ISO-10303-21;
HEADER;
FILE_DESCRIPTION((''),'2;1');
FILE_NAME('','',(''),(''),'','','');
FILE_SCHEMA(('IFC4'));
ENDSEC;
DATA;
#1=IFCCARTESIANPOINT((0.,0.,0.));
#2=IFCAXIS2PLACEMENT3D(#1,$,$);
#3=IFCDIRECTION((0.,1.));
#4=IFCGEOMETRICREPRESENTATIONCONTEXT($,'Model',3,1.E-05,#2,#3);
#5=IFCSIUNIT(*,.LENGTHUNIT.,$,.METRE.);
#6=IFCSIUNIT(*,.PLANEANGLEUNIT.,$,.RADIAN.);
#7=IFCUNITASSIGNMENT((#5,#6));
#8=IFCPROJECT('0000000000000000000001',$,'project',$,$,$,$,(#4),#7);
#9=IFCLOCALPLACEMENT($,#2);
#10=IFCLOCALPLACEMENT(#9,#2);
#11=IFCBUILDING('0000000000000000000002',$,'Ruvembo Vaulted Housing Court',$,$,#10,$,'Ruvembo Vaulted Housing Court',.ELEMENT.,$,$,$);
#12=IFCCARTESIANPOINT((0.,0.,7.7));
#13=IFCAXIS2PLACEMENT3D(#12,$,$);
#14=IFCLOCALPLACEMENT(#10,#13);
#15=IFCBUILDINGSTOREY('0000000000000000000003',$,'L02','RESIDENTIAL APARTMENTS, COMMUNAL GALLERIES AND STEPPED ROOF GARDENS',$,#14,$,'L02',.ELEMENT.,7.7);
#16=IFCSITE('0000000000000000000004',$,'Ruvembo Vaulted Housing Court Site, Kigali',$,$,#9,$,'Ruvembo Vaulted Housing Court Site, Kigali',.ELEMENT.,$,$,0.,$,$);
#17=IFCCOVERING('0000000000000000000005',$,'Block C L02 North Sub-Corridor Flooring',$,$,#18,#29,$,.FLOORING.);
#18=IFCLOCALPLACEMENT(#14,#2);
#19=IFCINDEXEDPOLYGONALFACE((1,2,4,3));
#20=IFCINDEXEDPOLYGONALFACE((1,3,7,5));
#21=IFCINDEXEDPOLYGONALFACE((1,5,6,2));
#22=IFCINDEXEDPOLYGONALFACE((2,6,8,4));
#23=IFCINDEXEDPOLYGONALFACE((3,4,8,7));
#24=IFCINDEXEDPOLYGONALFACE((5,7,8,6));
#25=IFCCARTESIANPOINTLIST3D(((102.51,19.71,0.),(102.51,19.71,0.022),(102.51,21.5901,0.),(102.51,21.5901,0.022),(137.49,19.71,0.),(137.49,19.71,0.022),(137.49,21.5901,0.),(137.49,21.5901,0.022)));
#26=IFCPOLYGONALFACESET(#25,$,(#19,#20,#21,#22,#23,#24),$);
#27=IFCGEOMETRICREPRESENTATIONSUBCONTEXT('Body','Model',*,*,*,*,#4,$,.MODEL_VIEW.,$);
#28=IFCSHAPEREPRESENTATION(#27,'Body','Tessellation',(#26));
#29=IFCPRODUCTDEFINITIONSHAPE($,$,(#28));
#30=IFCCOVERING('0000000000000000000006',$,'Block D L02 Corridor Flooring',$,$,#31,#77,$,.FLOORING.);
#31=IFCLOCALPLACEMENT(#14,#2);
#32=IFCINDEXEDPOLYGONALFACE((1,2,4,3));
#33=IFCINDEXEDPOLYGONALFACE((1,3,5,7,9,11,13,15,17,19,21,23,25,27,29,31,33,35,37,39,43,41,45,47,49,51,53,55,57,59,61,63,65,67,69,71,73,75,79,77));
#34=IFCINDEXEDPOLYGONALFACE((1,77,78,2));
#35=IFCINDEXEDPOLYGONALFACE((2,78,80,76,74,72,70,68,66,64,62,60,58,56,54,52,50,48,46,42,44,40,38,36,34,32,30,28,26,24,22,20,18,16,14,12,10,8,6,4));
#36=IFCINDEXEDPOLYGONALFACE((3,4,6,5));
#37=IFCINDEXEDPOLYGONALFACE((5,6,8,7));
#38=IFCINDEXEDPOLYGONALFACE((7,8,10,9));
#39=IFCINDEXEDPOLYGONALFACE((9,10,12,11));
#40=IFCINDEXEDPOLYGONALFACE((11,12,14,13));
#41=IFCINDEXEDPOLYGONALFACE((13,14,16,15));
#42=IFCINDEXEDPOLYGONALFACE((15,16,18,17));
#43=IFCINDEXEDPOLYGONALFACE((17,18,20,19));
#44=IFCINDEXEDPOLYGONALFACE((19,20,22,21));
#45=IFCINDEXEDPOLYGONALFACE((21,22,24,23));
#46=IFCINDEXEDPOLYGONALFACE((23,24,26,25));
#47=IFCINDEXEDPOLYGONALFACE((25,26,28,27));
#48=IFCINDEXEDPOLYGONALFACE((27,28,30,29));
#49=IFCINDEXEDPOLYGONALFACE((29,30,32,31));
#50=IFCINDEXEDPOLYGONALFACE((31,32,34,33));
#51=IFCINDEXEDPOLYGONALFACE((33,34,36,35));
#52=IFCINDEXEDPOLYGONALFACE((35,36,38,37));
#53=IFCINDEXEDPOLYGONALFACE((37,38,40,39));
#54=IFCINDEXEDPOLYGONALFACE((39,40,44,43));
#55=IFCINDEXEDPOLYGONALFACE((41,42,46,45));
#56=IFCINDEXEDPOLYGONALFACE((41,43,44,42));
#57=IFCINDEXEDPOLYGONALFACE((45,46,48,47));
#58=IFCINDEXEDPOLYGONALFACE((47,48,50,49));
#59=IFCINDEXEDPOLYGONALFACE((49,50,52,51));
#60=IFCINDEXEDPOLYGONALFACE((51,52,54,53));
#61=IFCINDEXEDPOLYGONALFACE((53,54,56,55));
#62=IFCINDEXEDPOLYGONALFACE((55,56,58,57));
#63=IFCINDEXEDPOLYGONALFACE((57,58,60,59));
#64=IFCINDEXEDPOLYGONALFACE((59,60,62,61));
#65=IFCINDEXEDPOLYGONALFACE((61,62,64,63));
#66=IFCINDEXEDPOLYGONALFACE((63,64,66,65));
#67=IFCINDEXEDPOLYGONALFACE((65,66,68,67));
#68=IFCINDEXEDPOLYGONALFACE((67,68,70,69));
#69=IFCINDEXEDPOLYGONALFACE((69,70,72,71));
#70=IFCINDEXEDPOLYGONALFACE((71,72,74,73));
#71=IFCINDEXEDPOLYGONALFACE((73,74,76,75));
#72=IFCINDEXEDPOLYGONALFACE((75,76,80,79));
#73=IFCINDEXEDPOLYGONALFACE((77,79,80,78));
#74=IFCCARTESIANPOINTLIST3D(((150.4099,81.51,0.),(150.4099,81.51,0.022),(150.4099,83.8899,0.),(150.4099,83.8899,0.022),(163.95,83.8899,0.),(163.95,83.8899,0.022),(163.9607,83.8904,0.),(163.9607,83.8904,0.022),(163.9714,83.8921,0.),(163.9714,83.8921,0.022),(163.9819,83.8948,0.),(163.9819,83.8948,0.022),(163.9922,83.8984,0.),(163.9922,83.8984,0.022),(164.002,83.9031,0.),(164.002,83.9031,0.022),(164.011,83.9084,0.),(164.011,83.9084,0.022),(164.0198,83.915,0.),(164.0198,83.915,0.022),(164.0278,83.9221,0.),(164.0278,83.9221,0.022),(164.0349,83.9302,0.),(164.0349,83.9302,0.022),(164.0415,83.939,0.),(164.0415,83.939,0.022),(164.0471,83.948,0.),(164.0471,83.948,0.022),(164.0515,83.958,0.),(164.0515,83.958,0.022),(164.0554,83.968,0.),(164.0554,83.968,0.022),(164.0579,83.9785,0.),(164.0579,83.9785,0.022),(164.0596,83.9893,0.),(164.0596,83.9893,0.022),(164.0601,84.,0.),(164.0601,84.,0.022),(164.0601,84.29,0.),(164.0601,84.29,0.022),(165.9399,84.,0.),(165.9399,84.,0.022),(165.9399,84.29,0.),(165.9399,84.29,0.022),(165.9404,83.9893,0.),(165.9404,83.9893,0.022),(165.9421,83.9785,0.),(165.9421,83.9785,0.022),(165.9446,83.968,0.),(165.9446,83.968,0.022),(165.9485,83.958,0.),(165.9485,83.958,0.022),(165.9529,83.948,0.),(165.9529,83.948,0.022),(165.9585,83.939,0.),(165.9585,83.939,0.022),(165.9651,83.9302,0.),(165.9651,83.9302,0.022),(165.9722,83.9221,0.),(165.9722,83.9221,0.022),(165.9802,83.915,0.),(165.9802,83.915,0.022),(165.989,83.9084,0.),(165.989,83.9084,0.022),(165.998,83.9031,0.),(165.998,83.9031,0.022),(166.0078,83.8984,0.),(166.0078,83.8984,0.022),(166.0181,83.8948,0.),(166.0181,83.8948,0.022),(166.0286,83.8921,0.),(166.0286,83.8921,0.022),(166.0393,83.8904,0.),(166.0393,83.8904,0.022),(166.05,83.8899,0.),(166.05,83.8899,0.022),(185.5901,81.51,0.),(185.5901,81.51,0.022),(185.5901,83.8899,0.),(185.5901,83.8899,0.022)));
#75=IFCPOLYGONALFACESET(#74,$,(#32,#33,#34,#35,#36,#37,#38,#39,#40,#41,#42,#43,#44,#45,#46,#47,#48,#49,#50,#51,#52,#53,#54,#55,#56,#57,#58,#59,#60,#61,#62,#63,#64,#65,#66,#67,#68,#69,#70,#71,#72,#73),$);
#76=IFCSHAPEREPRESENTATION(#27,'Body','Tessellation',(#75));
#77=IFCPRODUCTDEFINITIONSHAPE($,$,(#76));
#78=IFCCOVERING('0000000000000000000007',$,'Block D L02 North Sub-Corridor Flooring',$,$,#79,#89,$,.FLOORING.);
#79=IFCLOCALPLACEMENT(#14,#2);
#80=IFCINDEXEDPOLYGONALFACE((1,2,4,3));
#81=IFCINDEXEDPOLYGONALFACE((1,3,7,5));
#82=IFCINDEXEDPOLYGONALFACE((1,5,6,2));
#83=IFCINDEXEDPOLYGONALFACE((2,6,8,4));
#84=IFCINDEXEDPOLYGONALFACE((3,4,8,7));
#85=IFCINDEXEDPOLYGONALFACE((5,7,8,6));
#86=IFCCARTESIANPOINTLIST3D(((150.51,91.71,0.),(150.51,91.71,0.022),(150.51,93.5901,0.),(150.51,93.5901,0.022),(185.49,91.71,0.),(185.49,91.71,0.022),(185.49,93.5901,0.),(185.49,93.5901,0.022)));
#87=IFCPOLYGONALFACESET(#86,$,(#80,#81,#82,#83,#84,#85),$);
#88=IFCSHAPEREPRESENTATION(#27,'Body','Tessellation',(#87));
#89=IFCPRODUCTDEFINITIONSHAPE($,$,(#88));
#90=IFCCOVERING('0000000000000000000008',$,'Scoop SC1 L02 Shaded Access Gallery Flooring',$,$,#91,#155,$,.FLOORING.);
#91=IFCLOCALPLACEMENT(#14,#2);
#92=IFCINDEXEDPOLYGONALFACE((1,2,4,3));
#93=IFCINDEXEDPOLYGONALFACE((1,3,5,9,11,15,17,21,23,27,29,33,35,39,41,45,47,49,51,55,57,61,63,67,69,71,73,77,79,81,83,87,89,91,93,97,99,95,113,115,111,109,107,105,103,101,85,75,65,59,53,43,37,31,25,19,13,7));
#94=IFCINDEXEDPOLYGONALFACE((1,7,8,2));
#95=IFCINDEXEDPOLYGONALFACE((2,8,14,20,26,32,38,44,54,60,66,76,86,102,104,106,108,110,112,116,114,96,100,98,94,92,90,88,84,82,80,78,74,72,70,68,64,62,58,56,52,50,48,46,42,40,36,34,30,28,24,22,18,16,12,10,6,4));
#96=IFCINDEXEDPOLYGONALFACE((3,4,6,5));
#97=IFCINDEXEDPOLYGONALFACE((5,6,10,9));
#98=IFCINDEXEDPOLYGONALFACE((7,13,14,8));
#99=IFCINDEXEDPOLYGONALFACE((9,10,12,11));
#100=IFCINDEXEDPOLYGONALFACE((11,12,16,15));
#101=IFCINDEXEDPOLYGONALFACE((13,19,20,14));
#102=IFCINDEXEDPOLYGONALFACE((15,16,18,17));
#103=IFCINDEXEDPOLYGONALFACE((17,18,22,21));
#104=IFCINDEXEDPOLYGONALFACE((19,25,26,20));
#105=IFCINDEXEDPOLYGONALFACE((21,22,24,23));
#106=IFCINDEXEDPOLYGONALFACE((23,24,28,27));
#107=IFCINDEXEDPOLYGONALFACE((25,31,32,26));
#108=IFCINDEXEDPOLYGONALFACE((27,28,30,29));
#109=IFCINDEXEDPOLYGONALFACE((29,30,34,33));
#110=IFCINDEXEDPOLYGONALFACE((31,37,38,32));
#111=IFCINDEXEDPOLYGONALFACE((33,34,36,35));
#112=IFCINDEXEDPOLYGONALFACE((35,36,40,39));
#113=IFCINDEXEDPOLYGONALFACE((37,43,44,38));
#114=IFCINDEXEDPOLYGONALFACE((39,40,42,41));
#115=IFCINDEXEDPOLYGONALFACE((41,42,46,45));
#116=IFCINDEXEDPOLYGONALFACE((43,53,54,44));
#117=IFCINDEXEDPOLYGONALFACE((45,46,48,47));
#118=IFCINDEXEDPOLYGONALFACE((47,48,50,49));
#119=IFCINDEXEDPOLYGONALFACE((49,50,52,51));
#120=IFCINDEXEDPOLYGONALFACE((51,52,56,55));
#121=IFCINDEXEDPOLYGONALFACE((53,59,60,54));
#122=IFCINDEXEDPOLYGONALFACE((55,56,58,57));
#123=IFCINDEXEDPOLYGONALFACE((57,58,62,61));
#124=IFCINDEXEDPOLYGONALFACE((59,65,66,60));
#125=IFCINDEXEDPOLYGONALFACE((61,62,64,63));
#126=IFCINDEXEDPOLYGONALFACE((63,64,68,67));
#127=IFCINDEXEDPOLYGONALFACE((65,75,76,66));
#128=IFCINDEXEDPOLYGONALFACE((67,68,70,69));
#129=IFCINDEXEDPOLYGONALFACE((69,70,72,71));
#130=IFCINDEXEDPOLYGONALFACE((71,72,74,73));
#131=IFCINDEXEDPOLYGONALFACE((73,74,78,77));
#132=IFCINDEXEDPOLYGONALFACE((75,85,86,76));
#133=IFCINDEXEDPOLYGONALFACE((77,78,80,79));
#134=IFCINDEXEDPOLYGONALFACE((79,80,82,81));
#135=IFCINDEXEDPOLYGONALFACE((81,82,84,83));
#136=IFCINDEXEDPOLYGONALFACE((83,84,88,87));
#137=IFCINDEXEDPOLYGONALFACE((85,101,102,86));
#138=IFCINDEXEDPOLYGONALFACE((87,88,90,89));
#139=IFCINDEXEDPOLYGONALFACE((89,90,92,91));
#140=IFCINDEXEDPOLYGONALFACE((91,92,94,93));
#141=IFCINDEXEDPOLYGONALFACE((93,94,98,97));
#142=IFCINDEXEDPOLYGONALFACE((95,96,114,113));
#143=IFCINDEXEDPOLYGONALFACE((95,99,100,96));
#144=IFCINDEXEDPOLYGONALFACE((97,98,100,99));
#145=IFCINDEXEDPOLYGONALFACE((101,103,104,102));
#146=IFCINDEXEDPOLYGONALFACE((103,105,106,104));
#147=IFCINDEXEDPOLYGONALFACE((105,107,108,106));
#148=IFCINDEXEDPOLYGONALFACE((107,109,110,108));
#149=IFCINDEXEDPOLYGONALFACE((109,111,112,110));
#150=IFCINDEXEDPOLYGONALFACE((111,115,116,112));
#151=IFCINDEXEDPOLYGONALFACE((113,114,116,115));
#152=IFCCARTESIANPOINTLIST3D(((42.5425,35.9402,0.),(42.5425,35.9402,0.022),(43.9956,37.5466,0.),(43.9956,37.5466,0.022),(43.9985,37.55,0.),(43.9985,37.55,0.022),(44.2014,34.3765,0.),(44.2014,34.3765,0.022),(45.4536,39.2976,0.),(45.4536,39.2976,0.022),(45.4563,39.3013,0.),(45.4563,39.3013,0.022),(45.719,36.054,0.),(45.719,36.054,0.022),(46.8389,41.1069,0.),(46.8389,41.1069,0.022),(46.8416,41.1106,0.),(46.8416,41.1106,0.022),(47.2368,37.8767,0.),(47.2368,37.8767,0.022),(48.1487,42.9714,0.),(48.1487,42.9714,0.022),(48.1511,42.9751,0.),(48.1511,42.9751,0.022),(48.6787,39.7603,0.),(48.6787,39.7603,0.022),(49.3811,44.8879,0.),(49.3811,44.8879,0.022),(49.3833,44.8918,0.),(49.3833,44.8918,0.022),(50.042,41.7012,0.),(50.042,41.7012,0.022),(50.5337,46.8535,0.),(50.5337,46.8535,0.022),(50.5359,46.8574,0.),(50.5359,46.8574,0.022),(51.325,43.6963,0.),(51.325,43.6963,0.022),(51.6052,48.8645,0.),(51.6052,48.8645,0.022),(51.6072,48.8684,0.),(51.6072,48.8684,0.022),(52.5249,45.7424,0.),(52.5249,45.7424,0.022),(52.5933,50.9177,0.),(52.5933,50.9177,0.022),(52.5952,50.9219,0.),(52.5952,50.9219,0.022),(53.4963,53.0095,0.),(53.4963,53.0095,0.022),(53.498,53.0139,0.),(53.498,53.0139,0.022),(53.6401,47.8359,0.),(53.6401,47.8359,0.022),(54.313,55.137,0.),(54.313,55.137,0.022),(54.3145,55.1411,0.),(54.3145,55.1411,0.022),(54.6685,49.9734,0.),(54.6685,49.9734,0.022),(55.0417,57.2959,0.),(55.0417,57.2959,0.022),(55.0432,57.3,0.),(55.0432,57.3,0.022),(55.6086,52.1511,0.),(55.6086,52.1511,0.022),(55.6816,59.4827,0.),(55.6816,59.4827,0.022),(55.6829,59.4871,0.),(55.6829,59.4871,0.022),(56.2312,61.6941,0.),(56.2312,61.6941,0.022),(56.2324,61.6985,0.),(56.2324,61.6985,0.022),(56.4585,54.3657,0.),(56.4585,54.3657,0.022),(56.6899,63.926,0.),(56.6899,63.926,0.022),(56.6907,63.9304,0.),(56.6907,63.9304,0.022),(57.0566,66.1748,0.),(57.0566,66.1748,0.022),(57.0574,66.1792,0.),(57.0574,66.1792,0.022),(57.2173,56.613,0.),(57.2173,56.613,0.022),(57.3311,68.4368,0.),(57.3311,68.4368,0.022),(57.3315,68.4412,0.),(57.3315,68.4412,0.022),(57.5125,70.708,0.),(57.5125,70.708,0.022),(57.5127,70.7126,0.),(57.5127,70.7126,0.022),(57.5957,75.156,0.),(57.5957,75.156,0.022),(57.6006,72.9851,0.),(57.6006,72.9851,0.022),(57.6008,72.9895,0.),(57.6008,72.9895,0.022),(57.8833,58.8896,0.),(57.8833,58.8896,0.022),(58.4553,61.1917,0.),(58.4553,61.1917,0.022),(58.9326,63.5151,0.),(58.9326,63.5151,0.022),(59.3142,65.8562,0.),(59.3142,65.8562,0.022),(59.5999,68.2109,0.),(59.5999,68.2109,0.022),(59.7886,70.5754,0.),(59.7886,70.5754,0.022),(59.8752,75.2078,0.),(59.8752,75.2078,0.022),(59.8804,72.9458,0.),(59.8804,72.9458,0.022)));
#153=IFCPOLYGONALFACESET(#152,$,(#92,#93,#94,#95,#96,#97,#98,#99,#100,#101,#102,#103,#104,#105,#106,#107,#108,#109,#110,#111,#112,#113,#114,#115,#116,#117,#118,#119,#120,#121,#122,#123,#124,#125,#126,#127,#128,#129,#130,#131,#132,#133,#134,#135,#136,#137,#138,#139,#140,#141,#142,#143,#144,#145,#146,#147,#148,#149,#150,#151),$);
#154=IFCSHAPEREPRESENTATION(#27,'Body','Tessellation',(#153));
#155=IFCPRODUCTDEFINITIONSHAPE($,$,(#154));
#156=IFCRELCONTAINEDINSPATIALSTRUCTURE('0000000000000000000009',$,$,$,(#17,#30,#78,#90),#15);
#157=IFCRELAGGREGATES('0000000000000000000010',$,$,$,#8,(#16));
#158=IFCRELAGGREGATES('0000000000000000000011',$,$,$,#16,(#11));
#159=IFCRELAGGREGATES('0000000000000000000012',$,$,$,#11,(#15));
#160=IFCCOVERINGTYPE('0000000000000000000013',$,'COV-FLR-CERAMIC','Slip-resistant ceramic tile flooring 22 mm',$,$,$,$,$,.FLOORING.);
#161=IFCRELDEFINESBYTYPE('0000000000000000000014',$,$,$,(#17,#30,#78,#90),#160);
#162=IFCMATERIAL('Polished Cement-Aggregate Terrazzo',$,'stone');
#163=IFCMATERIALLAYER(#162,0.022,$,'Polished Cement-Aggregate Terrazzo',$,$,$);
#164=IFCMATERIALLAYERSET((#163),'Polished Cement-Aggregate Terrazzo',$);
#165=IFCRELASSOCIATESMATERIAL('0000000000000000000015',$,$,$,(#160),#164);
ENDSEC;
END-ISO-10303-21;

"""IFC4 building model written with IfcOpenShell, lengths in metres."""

from ifc_helpers import new_model, si_unit, direction, frame, origin, place, context, subcontext, project, spatial, polyline, outline, extrude, material, layer, layer_set, type_object, element, save


model = new_model("IFC4")

# Units and contexts
model_context = context("Model", 3, precision=1e-05, world=origin(), true_north=direction((0.0, 1.0)))
body_context = subcontext(model_context, "Body", "Model", "MODEL_VIEW")
ifc_project = project(units=[si_unit("LENGTHUNIT", "METRE"), si_unit("PLANEANGLEUNIT", "RADIAN")], contexts=[model_context])

# Site, building, storey
site_placement = place(None, origin())
site = spatial("IfcSite", under=ifc_project, at=site_placement, Name="Ruvembo Vaulted Housing Court Site, Kigali", LongName="Ruvembo Vaulted Housing Court Site, Kigali", CompositionType="ELEMENT", RefElevation=0.0)
building_placement = place(site_placement, origin())
building = spatial("IfcBuilding", under=site, at=building_placement, Name="Ruvembo Vaulted Housing Court", LongName="Ruvembo Vaulted Housing Court", CompositionType="ELEMENT")
storey_placement = place(building_placement, frame((0.0, 0.0, 7.7)))
storey = spatial("IfcBuildingStorey", under=building, at=storey_placement, Name="L02", Description="RESIDENTIAL APARTMENTS, COMMUNAL GALLERIES AND STEPPED ROOF GARDENS", LongName="L02", CompositionType="ELEMENT", Elevation=7.7)

# Coverings
ifc_material_1 = material(Name="Polished Cement-Aggregate Terrazzo", Category="stone")
ifc_layer_1 = layer(ifc_material_1, 0.022, Name="Polished Cement-Aggregate Terrazzo")
ifc_layer_set_1 = layer_set([ifc_layer_1], Name="Polished Cement-Aggregate Terrazzo")
covering_type_1 = type_object("IfcCoveringType", Name="COV-FLR-CERAMIC", Description="Slip-resistant ceramic tile flooring 22 mm", PredefinedType="FLOORING", material=ifc_layer_set_1)
covering_1_placement = place(storey_placement, origin())
element("IfcCovering", 1, at=covering_1_placement, inside=storey, type_object=covering_type_1, Name="Block C L02 North Sub-Corridor Flooring", PredefinedType="FLOORING", context=body_context, shape_type="SweptSolid", body=[
    extrude(outline(polyline([(102.51, 19.71), (137.49, 19.71), (137.49, 21.5901), (102.51, 21.5901), (102.51, 19.71)])), origin(), (0.0, 0.0, 1.0), 0.022),
])
covering_2_placement = place(storey_placement, origin())
element("IfcCovering", 2, at=covering_2_placement, inside=storey, type_object=covering_type_1, Name="Block D L02 Corridor Flooring", PredefinedType="FLOORING", context=body_context, shape_type="SweptSolid", body=[
    extrude(outline(polyline([(185.5901, 81.51), (185.5901, 83.8899), (166.05, 83.8899), (166.0393, 83.8904), (166.0286, 83.8921), (166.0181, 83.8948), (166.0078, 83.8984), (165.998, 83.9031), (165.989, 83.9084), (165.9802, 83.915), (165.9722, 83.9221), (165.9651, 83.9302), (165.9585, 83.939), (165.9529, 83.948), (165.9485, 83.958), (165.9446, 83.968), (165.9421, 83.9785), (165.9404, 83.9893), (165.9399, 84.0), (165.9399, 84.29), (164.0601, 84.29), (164.0601, 84.0), (164.0596, 83.9893), (164.0579, 83.9785), (164.0554, 83.968), (164.0515, 83.958), (164.0471, 83.948), (164.0415, 83.939), (164.0349, 83.9302), (164.0278, 83.9221), (164.0198, 83.915), (164.011, 83.9084), (164.002, 83.9031), (163.9922, 83.8984), (163.9819, 83.8948), (163.9714, 83.8921), (163.9607, 83.8904), (163.95, 83.8899), (150.4099, 83.8899), (150.4099, 81.51), (185.5901, 81.51)])), origin(), (0.0, 0.0, 1.0), 0.022),
])
covering_3_placement = place(storey_placement, origin())
element("IfcCovering", 3, at=covering_3_placement, inside=storey, type_object=covering_type_1, Name="Block D L02 North Sub-Corridor Flooring", PredefinedType="FLOORING", context=body_context, shape_type="SweptSolid", body=[
    extrude(outline(polyline([(150.51, 91.71), (185.49, 91.71), (185.49, 93.5901), (150.51, 93.5901), (150.51, 91.71)])), origin(), (0.0, 0.0, 1.0), 0.022),
])
covering_4_placement = place(storey_placement, origin())
element("IfcCovering", 4, at=covering_4_placement, inside=storey, type_object=covering_type_1, Name="Scoop SC1 L02 Shaded Access Gallery Flooring", PredefinedType="FLOORING", context=body_context, shape_type="SweptSolid", body=[
    extrude(outline(polyline([(44.2014, 34.3765), (45.719, 36.054), (47.2368, 37.8767), (48.6787, 39.7603), (50.042, 41.7012), (51.325, 43.6963), (52.5249, 45.7424), (53.6401, 47.8359), (54.6685, 49.9734), (55.6086, 52.1511), (56.4585, 54.3657), (57.2173, 56.613), (57.8833, 58.8896), (58.4553, 61.1917), (58.9326, 63.5151), (59.3142, 65.8562), (59.5999, 68.2109), (59.7886, 70.5754), (59.8804, 72.9458), (59.8752, 75.2078), (57.5957, 75.156), (57.6008, 72.9895), (57.6006, 72.9851), (57.5127, 70.7126), (57.5125, 70.708), (57.3315, 68.4412), (57.3311, 68.4368), (57.0574, 66.1792), (57.0566, 66.1748), (56.6907, 63.9304), (56.6899, 63.926), (56.2324, 61.6985), (56.2312, 61.6941), (55.6829, 59.4871), (55.6816, 59.4827), (55.0432, 57.3), (55.0417, 57.2959), (54.3145, 55.1411), (54.313, 55.137), (53.498, 53.0139), (53.4963, 53.0095), (52.5952, 50.9219), (52.5933, 50.9177), (51.6072, 48.8684), (51.6052, 48.8645), (50.5359, 46.8574), (50.5337, 46.8535), (49.3833, 44.8918), (49.3811, 44.8879), (48.1511, 42.9751), (48.1487, 42.9714), (46.8416, 41.1106), (46.8389, 41.1069), (45.4563, 39.3013), (45.4536, 39.2976), (43.9985, 37.55), (43.9956, 37.5466), (42.5425, 35.9402), (44.2014, 34.3765)])), origin(), (0.0, 0.0, 1.0), 0.022),
])

save(model, "model.ifc")
